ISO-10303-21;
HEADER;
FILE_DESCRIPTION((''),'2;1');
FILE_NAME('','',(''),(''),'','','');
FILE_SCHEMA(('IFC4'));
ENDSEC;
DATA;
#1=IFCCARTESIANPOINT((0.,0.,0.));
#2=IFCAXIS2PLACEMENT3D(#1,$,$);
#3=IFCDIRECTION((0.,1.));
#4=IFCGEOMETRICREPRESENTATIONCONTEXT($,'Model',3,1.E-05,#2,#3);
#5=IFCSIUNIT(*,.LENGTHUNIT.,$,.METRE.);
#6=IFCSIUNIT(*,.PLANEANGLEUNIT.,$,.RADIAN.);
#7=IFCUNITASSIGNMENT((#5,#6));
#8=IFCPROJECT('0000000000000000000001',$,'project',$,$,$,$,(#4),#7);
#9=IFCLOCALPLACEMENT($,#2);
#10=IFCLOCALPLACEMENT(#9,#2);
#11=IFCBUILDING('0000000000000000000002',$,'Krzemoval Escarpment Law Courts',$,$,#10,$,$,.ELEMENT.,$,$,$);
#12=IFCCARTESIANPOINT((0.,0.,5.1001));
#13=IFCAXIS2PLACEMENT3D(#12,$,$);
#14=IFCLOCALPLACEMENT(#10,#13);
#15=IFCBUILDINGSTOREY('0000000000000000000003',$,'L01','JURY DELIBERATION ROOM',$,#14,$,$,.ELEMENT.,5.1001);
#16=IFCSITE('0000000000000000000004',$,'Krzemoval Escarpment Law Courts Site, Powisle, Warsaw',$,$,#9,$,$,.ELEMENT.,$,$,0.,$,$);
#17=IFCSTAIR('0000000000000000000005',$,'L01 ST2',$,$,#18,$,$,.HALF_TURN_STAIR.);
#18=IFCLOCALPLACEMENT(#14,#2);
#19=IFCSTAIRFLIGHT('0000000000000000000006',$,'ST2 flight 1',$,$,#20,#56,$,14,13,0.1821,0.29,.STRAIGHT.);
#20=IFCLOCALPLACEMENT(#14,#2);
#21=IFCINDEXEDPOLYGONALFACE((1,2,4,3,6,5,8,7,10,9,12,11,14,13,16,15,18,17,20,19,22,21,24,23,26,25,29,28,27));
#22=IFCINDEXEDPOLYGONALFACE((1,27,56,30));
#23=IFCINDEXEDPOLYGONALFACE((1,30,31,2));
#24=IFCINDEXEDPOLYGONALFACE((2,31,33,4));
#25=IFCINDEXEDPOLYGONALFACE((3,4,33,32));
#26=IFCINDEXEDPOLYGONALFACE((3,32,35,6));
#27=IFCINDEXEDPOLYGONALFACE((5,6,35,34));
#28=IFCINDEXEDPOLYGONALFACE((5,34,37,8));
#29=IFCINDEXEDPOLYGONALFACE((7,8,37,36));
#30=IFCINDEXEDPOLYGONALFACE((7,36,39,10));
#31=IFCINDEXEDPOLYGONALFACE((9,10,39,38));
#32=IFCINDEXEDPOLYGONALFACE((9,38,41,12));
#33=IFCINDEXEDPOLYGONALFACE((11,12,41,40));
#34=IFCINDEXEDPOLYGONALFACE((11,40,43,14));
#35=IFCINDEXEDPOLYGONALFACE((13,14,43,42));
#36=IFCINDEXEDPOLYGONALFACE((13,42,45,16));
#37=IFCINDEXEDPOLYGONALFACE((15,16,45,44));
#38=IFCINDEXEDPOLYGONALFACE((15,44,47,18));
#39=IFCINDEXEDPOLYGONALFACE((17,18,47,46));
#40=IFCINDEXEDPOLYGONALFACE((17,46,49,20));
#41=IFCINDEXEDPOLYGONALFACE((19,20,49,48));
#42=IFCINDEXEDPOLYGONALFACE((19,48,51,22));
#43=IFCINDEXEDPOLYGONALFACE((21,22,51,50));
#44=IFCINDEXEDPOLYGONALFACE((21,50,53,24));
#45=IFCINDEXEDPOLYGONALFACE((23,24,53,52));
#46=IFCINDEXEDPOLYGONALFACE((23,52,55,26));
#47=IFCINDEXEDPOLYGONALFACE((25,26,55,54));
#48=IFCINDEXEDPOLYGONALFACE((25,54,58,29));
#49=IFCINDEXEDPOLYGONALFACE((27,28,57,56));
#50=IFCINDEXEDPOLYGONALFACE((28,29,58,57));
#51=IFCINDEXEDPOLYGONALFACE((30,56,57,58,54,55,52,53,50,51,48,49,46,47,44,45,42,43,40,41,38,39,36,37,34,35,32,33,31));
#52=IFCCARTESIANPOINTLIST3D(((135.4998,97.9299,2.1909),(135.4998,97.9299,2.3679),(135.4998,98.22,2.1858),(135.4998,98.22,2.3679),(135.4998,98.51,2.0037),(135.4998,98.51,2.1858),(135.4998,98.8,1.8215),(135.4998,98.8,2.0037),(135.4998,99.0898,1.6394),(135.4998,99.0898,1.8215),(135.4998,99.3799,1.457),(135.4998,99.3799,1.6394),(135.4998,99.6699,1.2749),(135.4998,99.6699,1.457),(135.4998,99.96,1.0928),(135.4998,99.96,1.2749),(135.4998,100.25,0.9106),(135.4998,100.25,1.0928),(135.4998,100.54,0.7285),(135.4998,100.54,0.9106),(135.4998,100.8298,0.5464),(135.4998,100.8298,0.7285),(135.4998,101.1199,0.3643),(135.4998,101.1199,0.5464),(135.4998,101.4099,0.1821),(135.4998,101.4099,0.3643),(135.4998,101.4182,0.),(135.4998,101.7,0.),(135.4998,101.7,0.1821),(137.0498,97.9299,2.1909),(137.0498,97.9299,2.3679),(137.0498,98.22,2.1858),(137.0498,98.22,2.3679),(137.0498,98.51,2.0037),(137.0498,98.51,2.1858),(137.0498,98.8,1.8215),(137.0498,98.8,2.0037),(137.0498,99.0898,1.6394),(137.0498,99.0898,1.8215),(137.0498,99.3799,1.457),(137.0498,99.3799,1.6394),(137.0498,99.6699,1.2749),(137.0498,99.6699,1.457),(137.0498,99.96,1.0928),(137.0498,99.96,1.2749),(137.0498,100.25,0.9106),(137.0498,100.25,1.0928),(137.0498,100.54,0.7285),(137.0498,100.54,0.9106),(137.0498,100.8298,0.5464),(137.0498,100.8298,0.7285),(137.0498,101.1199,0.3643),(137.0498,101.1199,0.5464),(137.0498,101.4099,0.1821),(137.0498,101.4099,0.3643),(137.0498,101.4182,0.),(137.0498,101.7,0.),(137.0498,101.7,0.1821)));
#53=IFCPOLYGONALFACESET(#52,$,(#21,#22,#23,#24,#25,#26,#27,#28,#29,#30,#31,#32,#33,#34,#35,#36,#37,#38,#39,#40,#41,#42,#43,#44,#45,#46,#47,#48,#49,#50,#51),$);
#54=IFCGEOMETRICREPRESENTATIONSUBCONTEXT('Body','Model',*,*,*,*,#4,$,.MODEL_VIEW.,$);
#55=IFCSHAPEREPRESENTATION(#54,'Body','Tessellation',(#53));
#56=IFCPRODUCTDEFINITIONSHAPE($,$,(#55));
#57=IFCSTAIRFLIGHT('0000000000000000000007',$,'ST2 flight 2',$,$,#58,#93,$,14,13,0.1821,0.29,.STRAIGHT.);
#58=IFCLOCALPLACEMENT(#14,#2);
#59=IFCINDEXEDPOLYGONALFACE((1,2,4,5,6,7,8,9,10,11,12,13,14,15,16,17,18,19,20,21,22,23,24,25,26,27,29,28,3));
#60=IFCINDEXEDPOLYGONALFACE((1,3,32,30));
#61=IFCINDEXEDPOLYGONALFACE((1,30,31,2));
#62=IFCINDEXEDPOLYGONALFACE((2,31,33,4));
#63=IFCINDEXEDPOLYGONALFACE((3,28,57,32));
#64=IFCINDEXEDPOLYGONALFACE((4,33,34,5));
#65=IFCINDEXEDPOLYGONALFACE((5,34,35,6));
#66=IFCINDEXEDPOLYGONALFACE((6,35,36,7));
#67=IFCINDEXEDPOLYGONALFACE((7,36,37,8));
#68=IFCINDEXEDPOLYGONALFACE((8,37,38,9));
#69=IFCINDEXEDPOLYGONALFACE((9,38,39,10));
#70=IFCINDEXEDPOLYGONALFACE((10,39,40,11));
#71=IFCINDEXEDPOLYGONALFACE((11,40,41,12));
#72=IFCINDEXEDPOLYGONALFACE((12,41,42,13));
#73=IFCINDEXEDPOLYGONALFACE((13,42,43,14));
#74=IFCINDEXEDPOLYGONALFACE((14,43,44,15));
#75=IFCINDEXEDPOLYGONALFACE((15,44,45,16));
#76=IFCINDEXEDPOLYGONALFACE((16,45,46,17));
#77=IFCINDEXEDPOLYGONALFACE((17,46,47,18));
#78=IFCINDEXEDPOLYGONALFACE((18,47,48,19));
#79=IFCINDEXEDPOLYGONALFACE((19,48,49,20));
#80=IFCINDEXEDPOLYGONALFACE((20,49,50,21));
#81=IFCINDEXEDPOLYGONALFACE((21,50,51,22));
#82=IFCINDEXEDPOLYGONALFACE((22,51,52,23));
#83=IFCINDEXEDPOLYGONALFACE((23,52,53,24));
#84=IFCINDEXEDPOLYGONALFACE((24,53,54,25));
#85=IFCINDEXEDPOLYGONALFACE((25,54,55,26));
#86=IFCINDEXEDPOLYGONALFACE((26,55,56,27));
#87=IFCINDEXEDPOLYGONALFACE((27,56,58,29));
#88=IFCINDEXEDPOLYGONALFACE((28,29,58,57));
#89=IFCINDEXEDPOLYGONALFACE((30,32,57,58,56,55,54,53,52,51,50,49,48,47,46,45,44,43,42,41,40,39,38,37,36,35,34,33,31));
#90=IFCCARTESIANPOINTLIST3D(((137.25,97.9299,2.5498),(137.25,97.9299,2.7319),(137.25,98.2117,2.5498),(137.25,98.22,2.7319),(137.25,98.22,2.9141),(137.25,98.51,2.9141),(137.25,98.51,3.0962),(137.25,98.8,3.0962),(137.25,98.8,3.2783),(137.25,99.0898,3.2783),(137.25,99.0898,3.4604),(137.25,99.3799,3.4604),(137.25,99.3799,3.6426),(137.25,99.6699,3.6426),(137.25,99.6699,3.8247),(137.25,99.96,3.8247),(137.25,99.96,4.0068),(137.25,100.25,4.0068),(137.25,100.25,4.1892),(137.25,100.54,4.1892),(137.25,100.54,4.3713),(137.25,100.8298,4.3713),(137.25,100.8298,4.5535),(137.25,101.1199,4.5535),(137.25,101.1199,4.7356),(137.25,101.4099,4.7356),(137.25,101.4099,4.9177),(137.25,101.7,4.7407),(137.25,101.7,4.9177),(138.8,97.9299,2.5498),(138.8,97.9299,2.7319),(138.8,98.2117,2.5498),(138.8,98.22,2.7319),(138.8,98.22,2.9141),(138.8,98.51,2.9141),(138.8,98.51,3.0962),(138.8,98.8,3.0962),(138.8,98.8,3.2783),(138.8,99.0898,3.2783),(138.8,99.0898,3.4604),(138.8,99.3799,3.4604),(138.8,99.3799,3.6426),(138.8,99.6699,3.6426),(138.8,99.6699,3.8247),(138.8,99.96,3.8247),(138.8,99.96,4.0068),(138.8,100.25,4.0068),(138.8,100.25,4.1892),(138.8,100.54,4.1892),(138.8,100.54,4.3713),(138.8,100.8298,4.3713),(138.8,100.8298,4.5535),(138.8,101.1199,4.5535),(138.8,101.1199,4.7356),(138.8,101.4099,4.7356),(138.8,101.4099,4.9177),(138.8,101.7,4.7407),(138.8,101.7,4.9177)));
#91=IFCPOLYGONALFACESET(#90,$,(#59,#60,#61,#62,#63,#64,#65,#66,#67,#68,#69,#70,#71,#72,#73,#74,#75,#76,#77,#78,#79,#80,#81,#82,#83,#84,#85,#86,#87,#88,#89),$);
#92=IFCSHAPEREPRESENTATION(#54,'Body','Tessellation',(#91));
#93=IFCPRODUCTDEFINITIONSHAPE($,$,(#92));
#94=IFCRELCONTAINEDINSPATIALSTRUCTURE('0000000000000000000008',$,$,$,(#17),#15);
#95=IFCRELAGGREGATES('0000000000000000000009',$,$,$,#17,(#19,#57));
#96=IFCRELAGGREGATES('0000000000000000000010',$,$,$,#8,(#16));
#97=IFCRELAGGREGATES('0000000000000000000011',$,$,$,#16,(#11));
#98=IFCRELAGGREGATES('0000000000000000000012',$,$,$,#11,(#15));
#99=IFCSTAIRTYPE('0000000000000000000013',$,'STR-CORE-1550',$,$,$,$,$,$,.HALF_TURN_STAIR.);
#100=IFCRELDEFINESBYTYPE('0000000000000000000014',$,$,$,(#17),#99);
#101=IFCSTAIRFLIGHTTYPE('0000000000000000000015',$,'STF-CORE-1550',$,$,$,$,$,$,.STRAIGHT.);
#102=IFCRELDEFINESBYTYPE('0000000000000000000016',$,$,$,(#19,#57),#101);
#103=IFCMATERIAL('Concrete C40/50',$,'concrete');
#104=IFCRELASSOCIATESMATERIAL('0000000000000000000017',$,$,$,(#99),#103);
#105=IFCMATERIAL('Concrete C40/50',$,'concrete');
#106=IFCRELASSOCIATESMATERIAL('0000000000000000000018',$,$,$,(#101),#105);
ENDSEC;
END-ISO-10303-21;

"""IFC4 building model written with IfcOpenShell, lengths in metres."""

from ifc_helpers import new_model, si_unit, direction, frame, origin, place, context, subcontext, project, spatial, polyline, outline, extrude, material, type_object, element, aggregate, save


model = new_model("IFC4")

# Units and contexts
model_context = context("Model", 3, precision=1e-05, world=origin(), true_north=direction((0.0, 1.0)))
body_context = subcontext(model_context, "Body", "Model", "MODEL_VIEW")
ifc_project = project(units=[si_unit("LENGTHUNIT", "METRE"), si_unit("PLANEANGLEUNIT", "RADIAN")], contexts=[model_context])

# Site, building, storey
site_placement = place(None, origin())
site = spatial("IfcSite", under=ifc_project, at=site_placement, Name="Krzemoval Escarpment Law Courts Site, Powisle, Warsaw", CompositionType="ELEMENT", RefElevation=0.0)
building_placement = place(site_placement, origin())
building = spatial("IfcBuilding", under=site, at=building_placement, Name="Krzemoval Escarpment Law Courts", CompositionType="ELEMENT")
storey_placement = place(building_placement, frame((0.0, 0.0, 5.1001)))
storey = spatial("IfcBuildingStorey", under=building, at=storey_placement, Name="L01", Description="JURY DELIBERATION ROOM", CompositionType="ELEMENT", Elevation=5.1001)

# Stair, stair flights
ifc_material_1 = material(Name="Concrete C40/50", Category="concrete")
stair_type = type_object("IfcStairType", Name="STR-CORE-1550", PredefinedType="HALF_TURN_STAIR", material=ifc_material_1)
stair_placement = place(storey_placement, origin())
stair = element("IfcStair", 1, at=stair_placement, inside=storey, type_object=stair_type, Name="L01 ST2", PredefinedType="HALF_TURN_STAIR")
ifc_material_2 = material(Name="Concrete C40/50", Category="concrete")
stair_flight_type = type_object("IfcStairFlightType", Name="STF-CORE-1550", PredefinedType="STRAIGHT", material=ifc_material_2)
stair_flight_1_placement = place(storey_placement, frame((136.2749, 101.7, 0.0), z_axis=(0.0, 0.0, 1.0), x_axis=(0.0, -1.0, 0.0)))
stair_flight_1 = element("IfcStairFlight", 2, at=stair_flight_1_placement, type_object=stair_flight_type, Name="ST2 flight 1", NumberOfRisers=14, NumberOfTreads=13, PredefinedType="STRAIGHT", RiserHeight=0.1821, TreadLength=0.29, context=body_context, shape_type="SweptSolid", body=[
    extrude(outline(polyline([(0.0, 0.0), (0.0, 0.1821), (0.29, 0.1821), (0.29, 0.3643), (0.5801, 0.3643), (0.5801, 0.5464), (0.8701, 0.5464), (0.8701, 0.7285), (1.1599, 0.7285), (1.1599, 0.9106), (1.45, 0.9106), (1.45, 1.0928), (1.74, 1.0928), (1.74, 1.2749), (2.03, 1.2749), (2.03, 1.457), (2.3201, 1.457), (2.3201, 1.6394), (2.6101, 1.6394), (2.6101, 1.8215), (2.8999, 1.8215), (2.8999, 2.0037), (3.1899, 2.0037), (3.1899, 2.1858), (3.48, 2.1858), (3.48, 2.3679), (3.77, 2.3679), (3.77, 2.55), (3.77, 2.1909), (0.2817, 0.0), (0.0, 0.0)])), frame((0.0, 0.7749, 0.0), z_axis=(0.0, -1.0, 0.0), x_axis=(1.0, 0.0, 0.0)), (0.0, 0.0, 1.0), 1.55),
])
stair_flight_2_placement = place(storey_placement, frame((138.0249, 97.9299, 2.5498), z_axis=(0.0, 0.0, 1.0), x_axis=(0.0, 1.0, 0.0)))
stair_flight_2 = element("IfcStairFlight", 3, at=stair_flight_2_placement, type_object=stair_flight_type, Name="ST2 flight 2", NumberOfRisers=14, NumberOfTreads=13, PredefinedType="STRAIGHT", RiserHeight=0.1821, TreadLength=0.29, context=body_context, shape_type="SweptSolid", body=[
    extrude(outline(polyline([(0.0, 0.0), (0.0, 0.1821), (0.29, 0.1821), (0.29, 0.3643), (0.5801, 0.3643), (0.5801, 0.5464), (0.8701, 0.5464), (0.8701, 0.7285), (1.1599, 0.7285), (1.1599, 0.9106), (1.45, 0.9106), (1.45, 1.0928), (1.74, 1.0928), (1.74, 1.2749), (2.03, 1.2749), (2.03, 1.457), (2.3201, 1.457), (2.3201, 1.6394), (2.6101, 1.6394), (2.6101, 1.8215), (2.8999, 1.8215), (2.8999, 2.0037), (3.1899, 2.0037), (3.1899, 2.1858), (3.48, 2.1858), (3.48, 2.3679), (3.77, 2.3679), (3.77, 2.55), (3.77, 2.1909), (0.2817, 0.0), (0.0, 0.0)])), frame((0.0, 0.7749, 0.0), z_axis=(0.0, -1.0, 0.0), x_axis=(1.0, 0.0, 0.0)), (0.0, 0.0, 1.0), 1.55),
])
aggregate(stair, [stair_flight_1, stair_flight_2])

save(model, "model.ifc")
